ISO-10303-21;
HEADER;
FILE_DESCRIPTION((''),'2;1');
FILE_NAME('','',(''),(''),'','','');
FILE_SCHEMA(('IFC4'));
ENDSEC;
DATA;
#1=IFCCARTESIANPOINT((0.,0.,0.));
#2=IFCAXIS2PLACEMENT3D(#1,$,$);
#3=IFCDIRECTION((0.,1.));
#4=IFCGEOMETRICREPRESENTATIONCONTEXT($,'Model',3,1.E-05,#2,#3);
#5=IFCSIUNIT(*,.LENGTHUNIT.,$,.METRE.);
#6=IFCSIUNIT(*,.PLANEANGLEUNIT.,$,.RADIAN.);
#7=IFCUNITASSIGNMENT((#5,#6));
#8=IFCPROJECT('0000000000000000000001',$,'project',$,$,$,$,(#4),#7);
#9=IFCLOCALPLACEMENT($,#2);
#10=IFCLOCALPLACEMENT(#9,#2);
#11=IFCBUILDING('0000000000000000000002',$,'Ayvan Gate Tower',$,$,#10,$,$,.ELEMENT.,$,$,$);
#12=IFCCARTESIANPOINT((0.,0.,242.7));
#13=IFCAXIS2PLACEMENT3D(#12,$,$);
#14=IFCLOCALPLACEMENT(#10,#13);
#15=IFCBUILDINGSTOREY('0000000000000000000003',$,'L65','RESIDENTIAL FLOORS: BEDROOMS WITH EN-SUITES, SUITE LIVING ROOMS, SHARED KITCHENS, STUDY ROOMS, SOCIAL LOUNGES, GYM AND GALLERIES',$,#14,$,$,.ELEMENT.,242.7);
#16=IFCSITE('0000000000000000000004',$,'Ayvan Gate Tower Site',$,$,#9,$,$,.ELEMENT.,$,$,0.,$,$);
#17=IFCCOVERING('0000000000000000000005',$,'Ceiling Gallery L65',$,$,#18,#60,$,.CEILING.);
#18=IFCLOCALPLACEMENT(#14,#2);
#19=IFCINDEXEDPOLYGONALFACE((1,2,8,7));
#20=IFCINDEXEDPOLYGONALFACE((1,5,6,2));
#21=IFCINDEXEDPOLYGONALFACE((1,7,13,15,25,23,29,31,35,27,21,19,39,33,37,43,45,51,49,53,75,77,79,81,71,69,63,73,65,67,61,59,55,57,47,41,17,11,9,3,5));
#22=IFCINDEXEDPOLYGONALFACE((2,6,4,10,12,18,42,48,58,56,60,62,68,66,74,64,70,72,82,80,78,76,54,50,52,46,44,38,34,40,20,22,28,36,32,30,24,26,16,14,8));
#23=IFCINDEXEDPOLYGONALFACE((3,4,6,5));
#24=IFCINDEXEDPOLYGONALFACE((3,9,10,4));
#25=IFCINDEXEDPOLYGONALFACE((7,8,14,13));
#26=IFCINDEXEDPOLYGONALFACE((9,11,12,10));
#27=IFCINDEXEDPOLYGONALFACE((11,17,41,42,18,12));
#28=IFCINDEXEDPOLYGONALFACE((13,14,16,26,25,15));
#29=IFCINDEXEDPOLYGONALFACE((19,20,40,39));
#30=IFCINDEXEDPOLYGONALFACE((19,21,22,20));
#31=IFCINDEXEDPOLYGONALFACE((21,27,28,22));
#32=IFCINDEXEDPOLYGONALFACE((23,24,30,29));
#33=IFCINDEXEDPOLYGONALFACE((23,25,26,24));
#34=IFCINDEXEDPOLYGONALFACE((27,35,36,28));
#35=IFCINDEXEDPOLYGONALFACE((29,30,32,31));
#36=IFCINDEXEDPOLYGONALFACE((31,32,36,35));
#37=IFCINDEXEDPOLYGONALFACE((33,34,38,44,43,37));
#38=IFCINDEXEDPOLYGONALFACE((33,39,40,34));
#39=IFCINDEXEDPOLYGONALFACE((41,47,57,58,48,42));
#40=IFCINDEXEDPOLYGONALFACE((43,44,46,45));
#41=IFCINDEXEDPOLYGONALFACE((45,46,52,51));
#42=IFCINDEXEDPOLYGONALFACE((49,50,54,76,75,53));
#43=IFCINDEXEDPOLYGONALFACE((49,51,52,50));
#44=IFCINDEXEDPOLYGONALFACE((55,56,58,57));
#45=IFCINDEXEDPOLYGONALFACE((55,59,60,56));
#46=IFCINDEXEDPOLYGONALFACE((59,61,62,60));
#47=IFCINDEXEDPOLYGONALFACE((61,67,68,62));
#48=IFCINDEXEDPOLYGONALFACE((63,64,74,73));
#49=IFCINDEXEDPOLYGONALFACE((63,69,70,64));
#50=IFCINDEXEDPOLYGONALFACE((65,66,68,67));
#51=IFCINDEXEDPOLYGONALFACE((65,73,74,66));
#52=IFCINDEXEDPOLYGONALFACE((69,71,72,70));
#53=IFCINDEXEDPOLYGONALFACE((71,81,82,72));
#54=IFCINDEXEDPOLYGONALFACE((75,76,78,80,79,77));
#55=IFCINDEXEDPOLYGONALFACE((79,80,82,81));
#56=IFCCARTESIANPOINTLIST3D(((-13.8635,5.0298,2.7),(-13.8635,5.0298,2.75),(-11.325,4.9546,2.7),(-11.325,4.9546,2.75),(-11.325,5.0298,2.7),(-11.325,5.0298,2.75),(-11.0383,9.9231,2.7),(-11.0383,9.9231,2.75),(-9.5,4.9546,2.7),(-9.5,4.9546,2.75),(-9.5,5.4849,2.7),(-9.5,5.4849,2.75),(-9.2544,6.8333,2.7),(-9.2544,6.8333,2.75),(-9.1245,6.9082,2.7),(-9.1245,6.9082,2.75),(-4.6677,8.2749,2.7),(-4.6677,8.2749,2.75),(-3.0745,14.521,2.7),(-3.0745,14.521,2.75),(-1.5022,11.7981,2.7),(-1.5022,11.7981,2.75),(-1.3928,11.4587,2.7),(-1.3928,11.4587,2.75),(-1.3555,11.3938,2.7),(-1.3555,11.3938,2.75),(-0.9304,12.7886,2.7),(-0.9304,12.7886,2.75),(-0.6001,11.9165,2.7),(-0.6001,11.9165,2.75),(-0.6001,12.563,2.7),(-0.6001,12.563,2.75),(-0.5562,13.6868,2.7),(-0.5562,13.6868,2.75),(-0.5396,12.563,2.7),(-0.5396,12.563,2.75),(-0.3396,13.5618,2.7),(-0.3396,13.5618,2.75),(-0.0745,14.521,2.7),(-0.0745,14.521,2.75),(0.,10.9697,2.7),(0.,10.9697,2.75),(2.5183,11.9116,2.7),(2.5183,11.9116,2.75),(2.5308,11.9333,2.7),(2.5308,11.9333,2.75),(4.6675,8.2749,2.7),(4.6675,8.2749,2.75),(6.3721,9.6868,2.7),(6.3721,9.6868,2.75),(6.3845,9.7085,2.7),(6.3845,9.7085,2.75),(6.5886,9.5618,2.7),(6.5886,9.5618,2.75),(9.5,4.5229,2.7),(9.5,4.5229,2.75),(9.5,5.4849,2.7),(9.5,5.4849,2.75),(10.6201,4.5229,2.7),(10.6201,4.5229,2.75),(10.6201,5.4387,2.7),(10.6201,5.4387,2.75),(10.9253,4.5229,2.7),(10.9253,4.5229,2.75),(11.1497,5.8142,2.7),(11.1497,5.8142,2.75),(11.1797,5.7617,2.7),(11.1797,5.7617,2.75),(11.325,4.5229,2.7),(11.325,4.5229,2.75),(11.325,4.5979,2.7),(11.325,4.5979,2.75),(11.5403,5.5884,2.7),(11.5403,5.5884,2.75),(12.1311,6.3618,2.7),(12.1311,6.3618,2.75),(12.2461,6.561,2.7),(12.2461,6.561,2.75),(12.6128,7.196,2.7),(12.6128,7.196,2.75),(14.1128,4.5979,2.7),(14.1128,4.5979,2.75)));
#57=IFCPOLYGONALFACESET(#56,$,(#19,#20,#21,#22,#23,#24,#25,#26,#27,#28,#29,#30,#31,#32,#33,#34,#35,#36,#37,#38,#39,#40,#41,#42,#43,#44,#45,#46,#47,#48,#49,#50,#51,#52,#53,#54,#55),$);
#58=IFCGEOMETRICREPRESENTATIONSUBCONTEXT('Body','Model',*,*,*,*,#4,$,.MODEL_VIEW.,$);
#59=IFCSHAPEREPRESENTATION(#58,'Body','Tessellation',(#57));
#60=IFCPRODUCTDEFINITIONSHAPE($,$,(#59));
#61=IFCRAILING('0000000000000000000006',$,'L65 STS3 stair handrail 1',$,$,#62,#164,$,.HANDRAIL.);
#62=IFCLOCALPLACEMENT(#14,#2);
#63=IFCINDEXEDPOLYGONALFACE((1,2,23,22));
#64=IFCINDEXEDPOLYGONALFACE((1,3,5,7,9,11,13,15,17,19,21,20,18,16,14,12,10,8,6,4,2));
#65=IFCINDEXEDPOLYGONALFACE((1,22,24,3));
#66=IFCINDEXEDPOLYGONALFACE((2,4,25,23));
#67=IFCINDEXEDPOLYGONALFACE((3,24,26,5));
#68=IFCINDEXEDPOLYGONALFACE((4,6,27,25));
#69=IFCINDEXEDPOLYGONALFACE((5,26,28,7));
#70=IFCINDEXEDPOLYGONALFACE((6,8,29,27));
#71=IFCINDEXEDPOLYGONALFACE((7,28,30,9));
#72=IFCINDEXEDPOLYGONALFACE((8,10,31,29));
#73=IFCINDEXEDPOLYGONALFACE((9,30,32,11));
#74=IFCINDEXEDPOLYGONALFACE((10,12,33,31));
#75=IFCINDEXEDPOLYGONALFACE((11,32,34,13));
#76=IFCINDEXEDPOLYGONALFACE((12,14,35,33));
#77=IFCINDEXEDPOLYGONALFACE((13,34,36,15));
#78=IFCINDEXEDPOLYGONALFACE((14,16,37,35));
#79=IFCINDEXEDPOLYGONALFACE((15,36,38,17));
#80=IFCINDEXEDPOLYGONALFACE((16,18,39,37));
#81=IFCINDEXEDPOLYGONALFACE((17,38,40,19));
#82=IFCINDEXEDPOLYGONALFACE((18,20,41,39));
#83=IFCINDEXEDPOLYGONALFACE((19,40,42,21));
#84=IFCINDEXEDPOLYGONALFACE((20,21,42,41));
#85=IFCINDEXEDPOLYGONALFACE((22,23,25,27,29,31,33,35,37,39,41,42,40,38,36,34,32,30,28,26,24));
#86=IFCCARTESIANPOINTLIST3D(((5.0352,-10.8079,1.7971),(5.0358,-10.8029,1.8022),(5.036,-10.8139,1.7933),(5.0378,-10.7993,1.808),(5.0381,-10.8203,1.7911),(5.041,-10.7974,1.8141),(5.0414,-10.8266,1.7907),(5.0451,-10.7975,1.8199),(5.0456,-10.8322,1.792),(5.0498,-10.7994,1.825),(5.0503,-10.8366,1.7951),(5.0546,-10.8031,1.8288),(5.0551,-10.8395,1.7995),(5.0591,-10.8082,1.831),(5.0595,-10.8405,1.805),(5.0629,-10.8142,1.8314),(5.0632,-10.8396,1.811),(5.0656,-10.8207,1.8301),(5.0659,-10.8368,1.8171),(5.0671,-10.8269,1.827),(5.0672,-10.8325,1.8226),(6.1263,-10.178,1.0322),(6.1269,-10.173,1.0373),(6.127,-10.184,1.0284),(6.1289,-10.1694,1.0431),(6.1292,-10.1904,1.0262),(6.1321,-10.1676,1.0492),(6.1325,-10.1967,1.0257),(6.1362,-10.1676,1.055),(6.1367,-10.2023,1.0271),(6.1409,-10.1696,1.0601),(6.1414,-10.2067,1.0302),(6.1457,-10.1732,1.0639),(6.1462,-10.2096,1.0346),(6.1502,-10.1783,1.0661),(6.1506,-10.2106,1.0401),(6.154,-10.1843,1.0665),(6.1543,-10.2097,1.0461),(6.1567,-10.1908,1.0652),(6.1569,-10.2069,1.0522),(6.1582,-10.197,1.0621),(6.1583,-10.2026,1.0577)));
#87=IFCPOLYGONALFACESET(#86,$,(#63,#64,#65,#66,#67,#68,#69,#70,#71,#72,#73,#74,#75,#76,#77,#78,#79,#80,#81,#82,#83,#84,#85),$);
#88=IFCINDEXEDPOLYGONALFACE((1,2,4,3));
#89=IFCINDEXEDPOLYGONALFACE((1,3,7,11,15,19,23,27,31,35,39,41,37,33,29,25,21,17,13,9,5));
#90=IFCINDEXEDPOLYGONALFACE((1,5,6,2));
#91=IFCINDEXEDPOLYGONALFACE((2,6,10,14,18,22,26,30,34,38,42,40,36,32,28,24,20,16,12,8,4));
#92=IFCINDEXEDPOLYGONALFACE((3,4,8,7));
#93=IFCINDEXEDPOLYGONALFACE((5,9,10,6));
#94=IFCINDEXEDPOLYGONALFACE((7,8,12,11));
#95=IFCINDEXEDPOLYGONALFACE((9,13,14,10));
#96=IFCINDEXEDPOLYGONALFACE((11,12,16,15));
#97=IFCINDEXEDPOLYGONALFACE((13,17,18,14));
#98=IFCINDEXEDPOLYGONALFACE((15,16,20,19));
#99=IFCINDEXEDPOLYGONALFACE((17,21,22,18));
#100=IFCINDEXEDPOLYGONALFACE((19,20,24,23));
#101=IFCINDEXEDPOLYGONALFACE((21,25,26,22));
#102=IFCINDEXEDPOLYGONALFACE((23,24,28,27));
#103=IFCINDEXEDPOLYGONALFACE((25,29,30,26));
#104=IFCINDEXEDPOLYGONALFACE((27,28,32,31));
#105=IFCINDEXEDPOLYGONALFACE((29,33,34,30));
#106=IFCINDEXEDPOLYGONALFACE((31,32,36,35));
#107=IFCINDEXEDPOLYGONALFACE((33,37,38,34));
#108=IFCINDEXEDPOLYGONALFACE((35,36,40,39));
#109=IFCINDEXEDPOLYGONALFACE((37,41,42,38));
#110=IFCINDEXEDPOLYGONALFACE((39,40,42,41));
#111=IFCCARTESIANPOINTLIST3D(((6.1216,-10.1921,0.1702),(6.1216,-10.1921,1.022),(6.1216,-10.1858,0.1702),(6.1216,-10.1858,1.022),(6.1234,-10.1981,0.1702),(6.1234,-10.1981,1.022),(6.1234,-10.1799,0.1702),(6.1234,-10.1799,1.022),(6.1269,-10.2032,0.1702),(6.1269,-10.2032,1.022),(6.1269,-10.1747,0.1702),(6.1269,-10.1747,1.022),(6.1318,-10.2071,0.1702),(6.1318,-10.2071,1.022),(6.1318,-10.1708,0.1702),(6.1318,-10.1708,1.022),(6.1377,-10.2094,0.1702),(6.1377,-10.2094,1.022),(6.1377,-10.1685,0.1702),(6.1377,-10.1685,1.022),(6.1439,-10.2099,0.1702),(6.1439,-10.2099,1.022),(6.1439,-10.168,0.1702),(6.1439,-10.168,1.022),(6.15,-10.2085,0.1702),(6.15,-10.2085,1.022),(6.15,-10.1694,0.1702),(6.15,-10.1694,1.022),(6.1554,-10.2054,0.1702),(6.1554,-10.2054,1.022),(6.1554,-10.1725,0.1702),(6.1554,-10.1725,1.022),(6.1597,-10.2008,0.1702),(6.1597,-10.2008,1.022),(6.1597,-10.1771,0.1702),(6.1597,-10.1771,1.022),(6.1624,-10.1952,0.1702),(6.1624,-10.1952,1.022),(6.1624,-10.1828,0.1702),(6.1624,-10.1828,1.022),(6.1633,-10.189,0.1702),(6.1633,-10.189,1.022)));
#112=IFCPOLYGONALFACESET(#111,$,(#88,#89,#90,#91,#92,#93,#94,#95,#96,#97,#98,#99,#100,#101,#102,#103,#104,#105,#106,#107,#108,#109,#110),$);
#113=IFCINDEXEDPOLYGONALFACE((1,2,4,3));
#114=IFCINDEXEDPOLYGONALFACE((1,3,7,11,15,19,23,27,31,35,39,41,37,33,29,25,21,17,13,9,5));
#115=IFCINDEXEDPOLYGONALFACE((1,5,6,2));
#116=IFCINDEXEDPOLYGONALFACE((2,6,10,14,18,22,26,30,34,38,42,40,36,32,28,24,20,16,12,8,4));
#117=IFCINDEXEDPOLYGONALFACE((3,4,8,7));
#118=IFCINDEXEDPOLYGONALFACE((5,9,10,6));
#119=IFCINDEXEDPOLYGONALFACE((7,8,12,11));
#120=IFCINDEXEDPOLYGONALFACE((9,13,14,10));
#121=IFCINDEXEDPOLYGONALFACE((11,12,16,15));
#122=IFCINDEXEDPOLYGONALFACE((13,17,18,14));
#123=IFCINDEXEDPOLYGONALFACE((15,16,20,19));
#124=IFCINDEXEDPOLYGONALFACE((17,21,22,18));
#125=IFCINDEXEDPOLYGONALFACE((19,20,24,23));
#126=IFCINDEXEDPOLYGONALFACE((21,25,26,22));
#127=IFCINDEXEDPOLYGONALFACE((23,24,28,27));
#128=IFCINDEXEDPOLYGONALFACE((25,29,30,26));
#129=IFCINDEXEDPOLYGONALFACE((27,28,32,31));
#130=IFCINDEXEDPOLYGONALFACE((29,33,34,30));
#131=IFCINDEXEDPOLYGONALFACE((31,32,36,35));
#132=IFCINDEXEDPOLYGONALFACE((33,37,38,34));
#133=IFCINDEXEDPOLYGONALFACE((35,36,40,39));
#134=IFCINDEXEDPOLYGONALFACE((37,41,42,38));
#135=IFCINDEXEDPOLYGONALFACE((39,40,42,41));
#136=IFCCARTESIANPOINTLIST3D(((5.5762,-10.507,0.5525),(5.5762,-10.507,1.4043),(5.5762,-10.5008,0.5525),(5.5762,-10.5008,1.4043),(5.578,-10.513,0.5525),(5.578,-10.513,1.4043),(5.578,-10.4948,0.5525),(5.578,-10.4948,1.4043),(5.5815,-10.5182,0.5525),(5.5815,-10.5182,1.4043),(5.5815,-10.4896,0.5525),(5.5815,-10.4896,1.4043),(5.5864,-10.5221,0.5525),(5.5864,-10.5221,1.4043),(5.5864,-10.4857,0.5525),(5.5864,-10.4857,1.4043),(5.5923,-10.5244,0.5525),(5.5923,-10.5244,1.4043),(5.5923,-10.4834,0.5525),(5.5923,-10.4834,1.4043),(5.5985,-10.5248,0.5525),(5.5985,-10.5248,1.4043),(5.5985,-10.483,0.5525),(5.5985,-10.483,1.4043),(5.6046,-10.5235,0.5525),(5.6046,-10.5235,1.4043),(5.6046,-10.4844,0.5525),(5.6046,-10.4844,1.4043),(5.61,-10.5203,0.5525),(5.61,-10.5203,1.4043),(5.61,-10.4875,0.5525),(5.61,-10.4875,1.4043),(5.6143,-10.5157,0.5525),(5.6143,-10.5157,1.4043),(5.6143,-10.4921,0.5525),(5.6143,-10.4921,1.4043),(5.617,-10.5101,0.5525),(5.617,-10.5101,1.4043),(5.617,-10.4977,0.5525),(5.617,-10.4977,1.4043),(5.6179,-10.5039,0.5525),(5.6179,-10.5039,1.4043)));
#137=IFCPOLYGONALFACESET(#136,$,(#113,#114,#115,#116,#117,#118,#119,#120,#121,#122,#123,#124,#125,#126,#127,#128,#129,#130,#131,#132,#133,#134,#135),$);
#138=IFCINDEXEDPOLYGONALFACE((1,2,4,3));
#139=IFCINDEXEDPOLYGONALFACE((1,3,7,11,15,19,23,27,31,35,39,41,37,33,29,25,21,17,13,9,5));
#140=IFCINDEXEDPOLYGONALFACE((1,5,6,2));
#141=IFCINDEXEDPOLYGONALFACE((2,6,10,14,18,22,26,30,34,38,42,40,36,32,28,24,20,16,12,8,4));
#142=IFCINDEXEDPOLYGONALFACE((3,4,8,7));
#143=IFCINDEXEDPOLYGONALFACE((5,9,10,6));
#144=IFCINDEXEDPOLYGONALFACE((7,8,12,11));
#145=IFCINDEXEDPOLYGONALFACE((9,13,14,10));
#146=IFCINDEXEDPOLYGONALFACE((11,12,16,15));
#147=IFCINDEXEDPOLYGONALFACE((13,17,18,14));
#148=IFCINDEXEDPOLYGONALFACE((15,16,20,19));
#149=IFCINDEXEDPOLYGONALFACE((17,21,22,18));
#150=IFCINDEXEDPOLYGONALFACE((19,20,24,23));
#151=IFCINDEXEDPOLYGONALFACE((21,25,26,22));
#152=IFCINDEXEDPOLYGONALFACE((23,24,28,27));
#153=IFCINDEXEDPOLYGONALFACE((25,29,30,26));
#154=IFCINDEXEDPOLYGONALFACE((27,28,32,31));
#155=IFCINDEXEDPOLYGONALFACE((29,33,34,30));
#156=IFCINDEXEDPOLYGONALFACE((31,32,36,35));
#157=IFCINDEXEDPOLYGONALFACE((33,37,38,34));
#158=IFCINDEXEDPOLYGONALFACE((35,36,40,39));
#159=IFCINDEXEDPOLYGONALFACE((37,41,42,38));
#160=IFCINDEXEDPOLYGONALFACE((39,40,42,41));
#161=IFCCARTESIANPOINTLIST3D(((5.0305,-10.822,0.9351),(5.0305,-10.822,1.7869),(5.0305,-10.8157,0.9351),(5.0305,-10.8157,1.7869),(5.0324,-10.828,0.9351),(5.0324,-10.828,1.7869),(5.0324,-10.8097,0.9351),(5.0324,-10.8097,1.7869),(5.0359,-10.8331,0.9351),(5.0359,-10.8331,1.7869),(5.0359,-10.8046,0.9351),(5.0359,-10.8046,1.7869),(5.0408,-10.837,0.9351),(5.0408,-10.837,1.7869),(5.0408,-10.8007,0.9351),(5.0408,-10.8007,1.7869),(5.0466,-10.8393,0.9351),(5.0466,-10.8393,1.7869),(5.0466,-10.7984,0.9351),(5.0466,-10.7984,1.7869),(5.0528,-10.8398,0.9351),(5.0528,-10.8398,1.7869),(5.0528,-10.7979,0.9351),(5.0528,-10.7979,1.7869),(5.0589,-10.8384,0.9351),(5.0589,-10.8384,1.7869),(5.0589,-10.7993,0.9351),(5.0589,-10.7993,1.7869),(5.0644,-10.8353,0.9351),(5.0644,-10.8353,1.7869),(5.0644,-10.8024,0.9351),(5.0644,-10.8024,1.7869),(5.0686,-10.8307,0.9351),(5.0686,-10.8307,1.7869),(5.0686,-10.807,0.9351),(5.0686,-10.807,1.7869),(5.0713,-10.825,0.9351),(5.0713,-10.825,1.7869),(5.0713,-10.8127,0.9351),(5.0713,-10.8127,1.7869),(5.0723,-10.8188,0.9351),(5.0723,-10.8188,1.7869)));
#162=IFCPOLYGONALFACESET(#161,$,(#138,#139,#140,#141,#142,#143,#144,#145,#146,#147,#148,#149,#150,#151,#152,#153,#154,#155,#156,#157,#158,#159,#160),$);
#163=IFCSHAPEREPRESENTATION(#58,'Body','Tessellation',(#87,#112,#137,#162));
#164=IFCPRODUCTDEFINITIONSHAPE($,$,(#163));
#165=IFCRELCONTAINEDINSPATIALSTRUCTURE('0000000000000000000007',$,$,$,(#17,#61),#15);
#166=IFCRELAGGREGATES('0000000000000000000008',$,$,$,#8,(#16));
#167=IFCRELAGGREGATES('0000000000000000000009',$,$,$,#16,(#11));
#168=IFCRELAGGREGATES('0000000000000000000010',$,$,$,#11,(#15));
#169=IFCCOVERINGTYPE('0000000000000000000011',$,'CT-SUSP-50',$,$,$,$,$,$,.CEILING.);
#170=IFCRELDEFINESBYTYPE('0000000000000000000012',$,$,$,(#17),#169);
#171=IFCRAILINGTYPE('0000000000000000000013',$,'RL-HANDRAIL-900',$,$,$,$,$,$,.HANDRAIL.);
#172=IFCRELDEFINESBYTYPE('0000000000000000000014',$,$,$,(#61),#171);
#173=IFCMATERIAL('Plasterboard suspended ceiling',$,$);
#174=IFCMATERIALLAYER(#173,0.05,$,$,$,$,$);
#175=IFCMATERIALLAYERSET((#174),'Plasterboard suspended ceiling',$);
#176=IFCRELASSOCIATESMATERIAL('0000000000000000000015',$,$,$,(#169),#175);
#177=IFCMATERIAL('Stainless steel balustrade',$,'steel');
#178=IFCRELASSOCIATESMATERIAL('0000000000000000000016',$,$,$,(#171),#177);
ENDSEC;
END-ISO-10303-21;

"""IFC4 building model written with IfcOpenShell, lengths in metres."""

from ifc_helpers import new_model, si_unit, direction, frame, origin, origin_2d, place, context, subcontext, project, spatial, polyline, circle, outline, extrude, material, layer, layer_set, type_object, element, save


model = new_model("IFC4")

# Units and contexts
model_context = context("Model", 3, precision=1e-05, world=origin(), true_north=direction((0.0, 1.0)))
body_context = subcontext(model_context, "Body", "Model", "MODEL_VIEW")
ifc_project = project(units=[si_unit("LENGTHUNIT", "METRE"), si_unit("PLANEANGLEUNIT", "RADIAN")], contexts=[model_context])

# Site, building, storey
site_placement = place(None, origin())
site = spatial("IfcSite", under=ifc_project, at=site_placement, Name="Ayvan Gate Tower Site", CompositionType="ELEMENT", RefElevation=0.0)
building_placement = place(site_placement, origin())
building = spatial("IfcBuilding", under=site, at=building_placement, Name="Ayvan Gate Tower", CompositionType="ELEMENT")
storey_placement = place(building_placement, frame((0.0, 0.0, 242.7)))
storey = spatial("IfcBuildingStorey", under=building, at=storey_placement, Name="L65", Description="RESIDENTIAL FLOORS: BEDROOMS WITH EN-SUITES, SUITE LIVING ROOMS, SHARED KITCHENS, STUDY ROOMS, SOCIAL LOUNGES, GYM AND GALLERIES", CompositionType="ELEMENT", Elevation=242.7)

# Covering
ifc_material_1 = material(Name="Plasterboard suspended ceiling")
ifc_layer_1 = layer(ifc_material_1, 0.05)
ifc_layer_set_1 = layer_set([ifc_layer_1], Name="Plasterboard suspended ceiling")
covering_type = type_object("IfcCoveringType", Name="CT-SUSP-50", PredefinedType="CEILING", material=ifc_layer_set_1)
covering_placement = place(storey_placement, frame((0.0, 0.0, 2.7)))
element("IfcCovering", 1, at=covering_placement, inside=storey, type_object=covering_type, Name="Ceiling Gallery L65", PredefinedType="CEILING", context=body_context, shape_type="SweptSolid", body=[
    extrude(outline(polyline([(-1.3555, 11.3938), (-1.3928, 11.4587), (-0.6001, 11.9165), (-0.6001, 12.563), (-0.5396, 12.563), (-0.9304, 12.7886), (-1.5022, 11.7981), (-3.0745, 14.521), (-0.0745, 14.521), (-0.5562, 13.6868), (-0.3396, 13.5618), (2.5183, 11.9116), (2.5308, 11.9333), (6.3845, 9.7085), (6.3721, 9.6868), (6.5886, 9.5618), (12.1311, 6.3618), (12.2461, 6.561), (12.6128, 7.196), (14.1128, 4.5979), (11.325, 4.5979), (11.325, 4.5229), (10.9253, 4.5229), (11.5403, 5.5884), (11.1497, 5.8142), (11.1797, 5.7617), (10.6201, 5.4387), (10.6201, 4.5229), (9.5, 4.5229), (9.5, 5.4849), (4.6675, 8.2749), (0.0, 10.9697), (-4.6677, 8.2749), (-9.5, 5.4849), (-9.5, 4.9546), (-11.325, 4.9546), (-11.325, 5.0298), (-13.8635, 5.0298), (-11.0383, 9.9231), (-9.2544, 6.8333), (-9.1245, 6.9082), (-1.3555, 11.3938)])), origin(), (0.0, 0.0, 1.0), 0.05),
])

# Railing
ifc_material_2 = material(Name="Stainless steel balustrade", Category="steel")
railing_type = type_object("IfcRailingType", Name="RL-HANDRAIL-900", PredefinedType="HANDRAIL", material=ifc_material_2)
railing_placement = place(storey_placement, frame((6.1423, -10.189, 0.1702)))
element("IfcRailing", 2, at=railing_placement, inside=storey, type_object=railing_type, Name="L65 STS3 stair handrail 1", PredefinedType="HANDRAIL", context=body_context, shape_type="SweptSolid", body=[
    extrude(circle(Radius=0.0239, at=origin_2d()), frame((0.0, 0.0, 0.876), z_axis=(-0.740282, -0.427372, 0.518976), x_axis=(0.499974, -0.86604, 0.0)), (0.0, 0.0, 1.0), 1.4739),
    extrude(circle(Radius=0.021, at=origin_2d()), origin(), (0.0, 0.0, 1.0), 0.8518),
    extrude(circle(Radius=0.021, at=origin_2d()), frame((-0.5454, -0.3149, 0.3823)), (0.0, 0.0, 1.0), 0.8518),
    extrude(circle(Radius=0.021, at=origin_2d()), frame((-1.0911, -0.6299, 0.7649)), (0.0, 0.0, 1.0), 0.8518),
])

save(model, "model.ifc")
